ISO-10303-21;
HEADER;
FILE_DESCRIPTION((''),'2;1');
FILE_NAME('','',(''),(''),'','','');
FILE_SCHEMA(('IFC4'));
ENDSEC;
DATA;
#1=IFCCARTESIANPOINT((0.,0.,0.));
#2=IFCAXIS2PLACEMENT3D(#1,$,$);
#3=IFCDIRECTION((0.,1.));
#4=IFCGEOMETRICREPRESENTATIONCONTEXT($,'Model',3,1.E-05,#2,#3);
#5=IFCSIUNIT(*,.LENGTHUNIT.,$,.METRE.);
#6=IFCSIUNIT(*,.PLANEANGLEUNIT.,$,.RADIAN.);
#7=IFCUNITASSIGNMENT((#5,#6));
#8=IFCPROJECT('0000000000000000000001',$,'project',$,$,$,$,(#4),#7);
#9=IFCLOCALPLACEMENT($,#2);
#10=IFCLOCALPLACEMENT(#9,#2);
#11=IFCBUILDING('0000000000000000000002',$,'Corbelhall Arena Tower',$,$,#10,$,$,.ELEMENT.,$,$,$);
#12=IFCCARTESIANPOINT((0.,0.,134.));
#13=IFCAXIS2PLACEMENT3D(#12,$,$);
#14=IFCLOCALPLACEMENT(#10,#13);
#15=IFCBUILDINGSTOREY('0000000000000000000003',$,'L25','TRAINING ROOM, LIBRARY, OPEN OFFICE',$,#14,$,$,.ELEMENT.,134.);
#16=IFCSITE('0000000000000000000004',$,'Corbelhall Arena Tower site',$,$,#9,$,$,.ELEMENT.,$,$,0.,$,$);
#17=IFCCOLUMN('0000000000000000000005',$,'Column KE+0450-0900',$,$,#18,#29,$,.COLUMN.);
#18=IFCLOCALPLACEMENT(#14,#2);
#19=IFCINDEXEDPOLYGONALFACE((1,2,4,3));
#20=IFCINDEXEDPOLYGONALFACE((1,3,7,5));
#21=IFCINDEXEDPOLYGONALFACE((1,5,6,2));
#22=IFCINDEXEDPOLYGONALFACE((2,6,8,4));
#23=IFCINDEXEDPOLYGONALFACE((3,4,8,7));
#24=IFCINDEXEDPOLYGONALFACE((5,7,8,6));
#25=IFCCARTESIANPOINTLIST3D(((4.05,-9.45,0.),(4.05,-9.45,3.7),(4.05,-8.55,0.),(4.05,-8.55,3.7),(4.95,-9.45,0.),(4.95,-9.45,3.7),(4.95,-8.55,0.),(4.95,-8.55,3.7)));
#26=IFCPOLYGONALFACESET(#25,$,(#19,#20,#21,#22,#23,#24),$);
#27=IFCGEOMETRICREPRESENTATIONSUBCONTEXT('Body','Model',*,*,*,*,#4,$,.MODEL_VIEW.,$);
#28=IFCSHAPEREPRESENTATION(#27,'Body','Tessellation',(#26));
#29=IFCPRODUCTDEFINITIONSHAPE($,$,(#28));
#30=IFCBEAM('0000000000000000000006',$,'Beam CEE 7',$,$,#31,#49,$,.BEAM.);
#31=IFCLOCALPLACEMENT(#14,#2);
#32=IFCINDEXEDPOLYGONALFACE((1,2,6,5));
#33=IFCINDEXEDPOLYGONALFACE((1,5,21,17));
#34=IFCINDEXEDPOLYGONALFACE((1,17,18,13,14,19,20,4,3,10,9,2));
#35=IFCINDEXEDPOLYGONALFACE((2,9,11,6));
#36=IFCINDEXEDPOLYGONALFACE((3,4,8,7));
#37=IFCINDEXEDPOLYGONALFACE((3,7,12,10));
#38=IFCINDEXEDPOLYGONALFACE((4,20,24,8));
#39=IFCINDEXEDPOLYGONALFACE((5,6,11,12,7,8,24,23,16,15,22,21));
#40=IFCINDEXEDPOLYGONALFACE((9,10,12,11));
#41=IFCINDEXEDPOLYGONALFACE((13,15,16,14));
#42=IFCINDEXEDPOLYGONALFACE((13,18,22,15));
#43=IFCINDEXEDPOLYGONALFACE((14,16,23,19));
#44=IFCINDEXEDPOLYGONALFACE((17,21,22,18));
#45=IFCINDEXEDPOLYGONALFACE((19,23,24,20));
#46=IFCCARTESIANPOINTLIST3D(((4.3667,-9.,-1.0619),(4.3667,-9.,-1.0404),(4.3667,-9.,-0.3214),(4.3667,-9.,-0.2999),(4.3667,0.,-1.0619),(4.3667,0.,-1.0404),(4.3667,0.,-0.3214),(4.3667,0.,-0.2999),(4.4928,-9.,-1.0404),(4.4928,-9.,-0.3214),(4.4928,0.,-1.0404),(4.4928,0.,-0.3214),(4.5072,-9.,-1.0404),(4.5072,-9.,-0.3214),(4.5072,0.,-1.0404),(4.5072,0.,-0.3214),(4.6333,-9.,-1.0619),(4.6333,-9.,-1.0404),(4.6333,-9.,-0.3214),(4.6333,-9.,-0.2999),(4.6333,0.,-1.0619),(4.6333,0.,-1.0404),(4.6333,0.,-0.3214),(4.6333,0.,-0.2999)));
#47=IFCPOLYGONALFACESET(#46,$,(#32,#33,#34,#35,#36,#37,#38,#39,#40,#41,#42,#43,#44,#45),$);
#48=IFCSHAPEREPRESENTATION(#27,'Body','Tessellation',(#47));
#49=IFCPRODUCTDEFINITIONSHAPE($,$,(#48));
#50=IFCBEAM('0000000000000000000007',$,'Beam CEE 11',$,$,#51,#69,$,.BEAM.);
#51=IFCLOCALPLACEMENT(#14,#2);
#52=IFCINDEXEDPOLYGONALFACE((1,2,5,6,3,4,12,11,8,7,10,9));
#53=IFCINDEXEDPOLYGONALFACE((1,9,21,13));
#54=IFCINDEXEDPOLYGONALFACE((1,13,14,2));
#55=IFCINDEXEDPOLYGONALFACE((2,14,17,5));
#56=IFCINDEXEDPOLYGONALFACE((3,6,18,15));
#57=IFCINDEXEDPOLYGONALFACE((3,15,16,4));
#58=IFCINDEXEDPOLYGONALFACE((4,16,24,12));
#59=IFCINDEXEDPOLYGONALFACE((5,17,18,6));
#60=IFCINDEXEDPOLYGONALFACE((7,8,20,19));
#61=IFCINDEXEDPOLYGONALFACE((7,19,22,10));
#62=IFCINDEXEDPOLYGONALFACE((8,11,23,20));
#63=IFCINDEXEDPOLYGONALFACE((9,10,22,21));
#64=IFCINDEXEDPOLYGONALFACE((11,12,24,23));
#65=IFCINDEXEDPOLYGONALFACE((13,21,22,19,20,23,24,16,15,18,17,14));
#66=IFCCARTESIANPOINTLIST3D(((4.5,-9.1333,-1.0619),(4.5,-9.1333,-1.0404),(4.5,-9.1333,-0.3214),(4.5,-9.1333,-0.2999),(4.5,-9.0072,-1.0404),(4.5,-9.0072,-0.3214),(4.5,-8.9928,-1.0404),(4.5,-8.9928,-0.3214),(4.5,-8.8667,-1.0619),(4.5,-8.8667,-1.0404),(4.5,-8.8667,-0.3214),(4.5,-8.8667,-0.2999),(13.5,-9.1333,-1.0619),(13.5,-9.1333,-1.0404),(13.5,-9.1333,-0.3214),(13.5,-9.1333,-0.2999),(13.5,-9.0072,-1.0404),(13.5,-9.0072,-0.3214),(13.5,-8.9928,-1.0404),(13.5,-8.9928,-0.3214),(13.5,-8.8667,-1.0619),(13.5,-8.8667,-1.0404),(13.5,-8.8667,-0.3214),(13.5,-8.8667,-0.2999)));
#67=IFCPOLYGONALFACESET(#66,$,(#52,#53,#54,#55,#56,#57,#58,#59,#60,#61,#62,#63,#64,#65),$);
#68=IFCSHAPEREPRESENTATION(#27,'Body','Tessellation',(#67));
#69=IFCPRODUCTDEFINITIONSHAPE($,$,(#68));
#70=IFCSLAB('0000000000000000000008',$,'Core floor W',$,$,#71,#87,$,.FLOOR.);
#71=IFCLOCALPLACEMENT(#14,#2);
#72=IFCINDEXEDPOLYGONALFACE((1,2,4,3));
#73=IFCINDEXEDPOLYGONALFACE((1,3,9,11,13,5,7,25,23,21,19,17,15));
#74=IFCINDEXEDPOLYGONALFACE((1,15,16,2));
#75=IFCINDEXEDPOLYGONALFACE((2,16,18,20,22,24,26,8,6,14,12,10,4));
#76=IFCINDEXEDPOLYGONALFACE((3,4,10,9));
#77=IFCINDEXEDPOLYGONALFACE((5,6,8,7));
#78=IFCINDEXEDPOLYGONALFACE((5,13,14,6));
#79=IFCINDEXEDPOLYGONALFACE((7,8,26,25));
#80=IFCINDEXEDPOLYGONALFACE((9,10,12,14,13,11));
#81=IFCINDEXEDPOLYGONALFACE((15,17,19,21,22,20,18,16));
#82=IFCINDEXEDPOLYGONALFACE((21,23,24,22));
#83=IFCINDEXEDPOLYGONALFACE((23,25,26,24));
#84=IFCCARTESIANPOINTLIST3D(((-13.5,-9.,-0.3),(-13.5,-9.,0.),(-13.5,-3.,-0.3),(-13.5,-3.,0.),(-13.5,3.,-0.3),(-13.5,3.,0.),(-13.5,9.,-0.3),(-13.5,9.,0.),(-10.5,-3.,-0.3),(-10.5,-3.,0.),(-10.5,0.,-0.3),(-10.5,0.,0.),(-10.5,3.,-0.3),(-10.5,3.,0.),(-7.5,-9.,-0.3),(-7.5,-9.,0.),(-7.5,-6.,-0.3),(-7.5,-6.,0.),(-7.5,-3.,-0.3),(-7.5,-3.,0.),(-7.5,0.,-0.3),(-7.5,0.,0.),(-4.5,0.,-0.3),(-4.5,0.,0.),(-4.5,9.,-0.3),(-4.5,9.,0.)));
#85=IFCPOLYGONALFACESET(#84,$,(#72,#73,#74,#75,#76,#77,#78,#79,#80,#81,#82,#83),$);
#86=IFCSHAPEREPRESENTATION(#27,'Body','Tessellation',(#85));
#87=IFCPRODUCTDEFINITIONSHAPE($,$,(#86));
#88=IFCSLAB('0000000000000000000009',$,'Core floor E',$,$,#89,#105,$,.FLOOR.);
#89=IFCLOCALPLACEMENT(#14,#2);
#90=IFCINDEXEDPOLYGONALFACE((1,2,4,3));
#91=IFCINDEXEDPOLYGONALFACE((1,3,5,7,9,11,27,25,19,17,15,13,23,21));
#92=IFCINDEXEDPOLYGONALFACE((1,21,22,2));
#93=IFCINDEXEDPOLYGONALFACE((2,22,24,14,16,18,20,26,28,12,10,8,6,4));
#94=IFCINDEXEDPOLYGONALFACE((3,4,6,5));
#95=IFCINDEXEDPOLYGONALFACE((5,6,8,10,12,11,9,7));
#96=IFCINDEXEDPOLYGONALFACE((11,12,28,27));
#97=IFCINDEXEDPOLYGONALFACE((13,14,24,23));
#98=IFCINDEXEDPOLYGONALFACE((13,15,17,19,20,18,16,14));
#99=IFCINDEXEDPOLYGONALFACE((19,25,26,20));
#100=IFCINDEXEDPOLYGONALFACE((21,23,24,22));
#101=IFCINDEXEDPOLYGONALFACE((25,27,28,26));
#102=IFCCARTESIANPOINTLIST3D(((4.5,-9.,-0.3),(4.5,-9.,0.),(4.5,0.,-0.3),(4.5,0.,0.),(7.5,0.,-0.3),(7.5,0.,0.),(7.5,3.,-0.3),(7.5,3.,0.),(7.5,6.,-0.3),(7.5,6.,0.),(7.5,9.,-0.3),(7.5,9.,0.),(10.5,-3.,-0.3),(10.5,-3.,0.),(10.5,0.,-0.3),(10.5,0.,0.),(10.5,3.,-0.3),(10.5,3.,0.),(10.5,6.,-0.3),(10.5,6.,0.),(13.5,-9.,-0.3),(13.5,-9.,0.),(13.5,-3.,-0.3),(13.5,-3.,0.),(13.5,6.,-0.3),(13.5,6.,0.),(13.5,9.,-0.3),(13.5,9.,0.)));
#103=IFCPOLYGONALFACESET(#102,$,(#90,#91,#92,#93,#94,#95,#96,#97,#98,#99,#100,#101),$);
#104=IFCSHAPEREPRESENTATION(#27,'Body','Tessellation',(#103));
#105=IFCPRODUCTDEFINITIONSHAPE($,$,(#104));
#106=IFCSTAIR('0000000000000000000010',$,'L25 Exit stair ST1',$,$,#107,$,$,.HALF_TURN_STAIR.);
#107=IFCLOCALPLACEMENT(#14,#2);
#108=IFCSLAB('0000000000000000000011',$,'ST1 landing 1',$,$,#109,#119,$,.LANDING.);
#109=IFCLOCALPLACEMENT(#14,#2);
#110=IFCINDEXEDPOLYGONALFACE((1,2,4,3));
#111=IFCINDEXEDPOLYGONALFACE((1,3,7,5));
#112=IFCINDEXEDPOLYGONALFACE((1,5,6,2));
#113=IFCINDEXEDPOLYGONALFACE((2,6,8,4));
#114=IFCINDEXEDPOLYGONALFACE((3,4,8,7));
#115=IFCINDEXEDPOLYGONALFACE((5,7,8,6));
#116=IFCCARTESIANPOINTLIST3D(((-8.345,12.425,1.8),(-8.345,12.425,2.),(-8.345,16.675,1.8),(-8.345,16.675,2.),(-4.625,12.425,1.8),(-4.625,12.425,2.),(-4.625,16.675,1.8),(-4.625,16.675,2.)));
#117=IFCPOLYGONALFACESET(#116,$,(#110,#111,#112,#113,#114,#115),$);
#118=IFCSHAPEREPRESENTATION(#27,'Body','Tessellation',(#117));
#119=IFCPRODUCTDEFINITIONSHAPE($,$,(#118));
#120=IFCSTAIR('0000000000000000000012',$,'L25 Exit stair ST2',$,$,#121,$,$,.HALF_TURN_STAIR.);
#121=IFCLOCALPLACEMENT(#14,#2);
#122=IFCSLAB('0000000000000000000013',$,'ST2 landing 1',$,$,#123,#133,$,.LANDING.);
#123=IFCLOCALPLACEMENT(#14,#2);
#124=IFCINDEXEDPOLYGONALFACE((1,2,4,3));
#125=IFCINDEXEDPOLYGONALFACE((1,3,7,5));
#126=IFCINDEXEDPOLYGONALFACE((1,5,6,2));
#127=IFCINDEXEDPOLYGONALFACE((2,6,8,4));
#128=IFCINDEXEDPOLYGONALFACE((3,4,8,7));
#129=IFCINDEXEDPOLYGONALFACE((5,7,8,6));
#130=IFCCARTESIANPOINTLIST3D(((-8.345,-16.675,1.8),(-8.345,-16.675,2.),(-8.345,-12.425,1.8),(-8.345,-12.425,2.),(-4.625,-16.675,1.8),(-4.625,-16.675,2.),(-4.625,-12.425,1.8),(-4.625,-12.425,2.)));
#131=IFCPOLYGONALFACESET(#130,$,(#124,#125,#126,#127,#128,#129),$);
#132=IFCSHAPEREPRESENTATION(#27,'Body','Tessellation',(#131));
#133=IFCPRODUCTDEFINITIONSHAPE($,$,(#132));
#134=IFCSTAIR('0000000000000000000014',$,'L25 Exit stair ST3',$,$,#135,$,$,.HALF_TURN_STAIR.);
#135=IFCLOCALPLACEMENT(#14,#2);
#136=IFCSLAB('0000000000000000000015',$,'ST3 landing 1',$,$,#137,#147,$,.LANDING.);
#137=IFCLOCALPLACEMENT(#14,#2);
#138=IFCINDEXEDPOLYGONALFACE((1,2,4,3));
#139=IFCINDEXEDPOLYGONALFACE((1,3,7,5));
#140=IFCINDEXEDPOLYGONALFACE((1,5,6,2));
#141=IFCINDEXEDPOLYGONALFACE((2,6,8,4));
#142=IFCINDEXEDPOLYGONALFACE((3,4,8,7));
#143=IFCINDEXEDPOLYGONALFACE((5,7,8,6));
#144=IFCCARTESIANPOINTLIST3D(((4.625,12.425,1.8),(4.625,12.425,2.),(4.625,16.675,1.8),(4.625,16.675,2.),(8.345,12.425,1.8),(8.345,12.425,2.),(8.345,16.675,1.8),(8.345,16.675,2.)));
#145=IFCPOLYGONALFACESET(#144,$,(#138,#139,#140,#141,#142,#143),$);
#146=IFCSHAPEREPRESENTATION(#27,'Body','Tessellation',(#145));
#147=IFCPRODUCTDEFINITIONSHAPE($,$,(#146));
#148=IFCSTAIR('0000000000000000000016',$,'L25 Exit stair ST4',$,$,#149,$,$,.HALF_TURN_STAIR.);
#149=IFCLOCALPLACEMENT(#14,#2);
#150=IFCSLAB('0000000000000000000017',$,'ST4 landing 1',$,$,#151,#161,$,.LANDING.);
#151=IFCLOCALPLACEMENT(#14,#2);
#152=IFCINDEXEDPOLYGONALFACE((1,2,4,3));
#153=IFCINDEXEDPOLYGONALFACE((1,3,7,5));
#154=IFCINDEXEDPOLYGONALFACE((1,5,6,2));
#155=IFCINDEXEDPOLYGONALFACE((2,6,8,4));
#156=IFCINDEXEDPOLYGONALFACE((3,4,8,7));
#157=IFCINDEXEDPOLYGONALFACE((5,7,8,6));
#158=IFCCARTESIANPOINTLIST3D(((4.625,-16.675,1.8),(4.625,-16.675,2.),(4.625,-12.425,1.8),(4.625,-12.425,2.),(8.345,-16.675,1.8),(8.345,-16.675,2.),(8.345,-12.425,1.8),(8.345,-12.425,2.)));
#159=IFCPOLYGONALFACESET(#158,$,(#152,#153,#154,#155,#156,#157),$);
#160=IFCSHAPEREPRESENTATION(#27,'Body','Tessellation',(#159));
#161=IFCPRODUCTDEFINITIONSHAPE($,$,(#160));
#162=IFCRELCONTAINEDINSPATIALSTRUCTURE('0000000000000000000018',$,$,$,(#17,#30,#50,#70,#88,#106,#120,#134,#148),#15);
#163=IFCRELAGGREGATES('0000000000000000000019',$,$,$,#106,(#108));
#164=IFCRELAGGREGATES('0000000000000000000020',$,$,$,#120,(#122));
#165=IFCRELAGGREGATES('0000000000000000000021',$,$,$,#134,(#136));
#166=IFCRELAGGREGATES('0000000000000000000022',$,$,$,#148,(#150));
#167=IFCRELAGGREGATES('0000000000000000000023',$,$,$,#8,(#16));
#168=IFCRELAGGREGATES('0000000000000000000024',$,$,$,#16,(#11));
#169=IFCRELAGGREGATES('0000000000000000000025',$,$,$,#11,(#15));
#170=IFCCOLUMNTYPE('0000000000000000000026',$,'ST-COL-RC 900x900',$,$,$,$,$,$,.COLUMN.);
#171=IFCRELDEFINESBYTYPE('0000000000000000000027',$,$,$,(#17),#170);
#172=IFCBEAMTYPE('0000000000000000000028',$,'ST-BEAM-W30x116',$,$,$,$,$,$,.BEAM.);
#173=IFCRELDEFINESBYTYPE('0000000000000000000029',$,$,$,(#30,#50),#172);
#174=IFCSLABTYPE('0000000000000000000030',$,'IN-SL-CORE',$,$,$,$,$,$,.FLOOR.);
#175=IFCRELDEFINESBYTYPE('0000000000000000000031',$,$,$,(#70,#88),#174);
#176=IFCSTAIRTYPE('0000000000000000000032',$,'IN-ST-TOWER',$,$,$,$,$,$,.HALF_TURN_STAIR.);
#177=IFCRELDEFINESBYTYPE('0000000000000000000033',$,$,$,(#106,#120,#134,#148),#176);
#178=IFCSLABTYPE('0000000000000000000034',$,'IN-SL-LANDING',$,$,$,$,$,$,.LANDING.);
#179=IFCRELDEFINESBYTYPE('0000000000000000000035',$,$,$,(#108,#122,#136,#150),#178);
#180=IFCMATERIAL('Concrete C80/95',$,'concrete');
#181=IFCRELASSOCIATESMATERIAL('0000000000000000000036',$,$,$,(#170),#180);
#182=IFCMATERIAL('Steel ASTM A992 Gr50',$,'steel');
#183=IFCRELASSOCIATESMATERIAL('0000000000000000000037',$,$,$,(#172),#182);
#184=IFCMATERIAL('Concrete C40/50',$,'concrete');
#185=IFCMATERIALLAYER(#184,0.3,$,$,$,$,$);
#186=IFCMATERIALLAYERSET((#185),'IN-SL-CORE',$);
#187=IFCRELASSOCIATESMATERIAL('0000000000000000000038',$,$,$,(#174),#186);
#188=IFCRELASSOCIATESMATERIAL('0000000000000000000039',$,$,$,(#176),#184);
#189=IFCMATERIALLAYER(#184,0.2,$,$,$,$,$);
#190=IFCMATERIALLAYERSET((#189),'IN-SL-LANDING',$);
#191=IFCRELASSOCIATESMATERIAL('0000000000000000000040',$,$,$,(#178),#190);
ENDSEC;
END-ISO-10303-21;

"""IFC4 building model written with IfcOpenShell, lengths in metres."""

from ifc_helpers import new_model, si_unit, direction, frame, origin, origin_2d, place, context, subcontext, project, spatial, polyline, rectangle, i_section, outline, extrude, material, layer, layer_set, material_profile, profile_set, type_object, element, aggregate, save


model = new_model("IFC4")

# Units and contexts
model_context = context("Model", 3, precision=1e-05, world=origin(), true_north=direction((0.0, 1.0)))
body_context = subcontext(model_context, "Body", "Model", "MODEL_VIEW")
ifc_project = project(units=[si_unit("LENGTHUNIT", "METRE"), si_unit("PLANEANGLEUNIT", "RADIAN")], contexts=[model_context])

# Site, building, storey
site_placement = place(None, origin())
site = spatial("IfcSite", under=ifc_project, at=site_placement, Name="Corbelhall Arena Tower site", CompositionType="ELEMENT", RefElevation=0.0)
building_placement = place(site_placement, origin())
building = spatial("IfcBuilding", under=site, at=building_placement, Name="Corbelhall Arena Tower", CompositionType="ELEMENT")
storey_placement = place(building_placement, frame((0.0, 0.0, 134.0)))
storey = spatial("IfcBuildingStorey", under=building, at=storey_placement, Name="L25", Description="TRAINING ROOM, LIBRARY, OPEN OFFICE", CompositionType="ELEMENT", Elevation=134.0)

# Column
ifc_material_1 = material(Name="Concrete C80/95", Category="concrete")
ifc_material_profile_1 = material_profile(ifc_material_1, rectangle(XDim=0.8999, YDim=0.8999, at=origin_2d()))
ifc_profile_set_1 = profile_set([ifc_material_profile_1], Name="Concrete C80/95")
column_type = type_object("IfcColumnType", Name="ST-COL-RC 900x900", PredefinedType="COLUMN", material=ifc_profile_set_1)
column_placement = place(storey_placement, frame((4.5, -9.0, 0.0), z_axis=(0.0, 0.0, 1.0), x_axis=(1.0, 0.0, 0.0)))
element("IfcColumn", 1, at=column_placement, inside=storey, type_object=column_type, Name="Column KE+0450-0900", PredefinedType="COLUMN", context=body_context, shape_type="SweptSolid", body=[
    extrude(rectangle(XDim=0.8999, YDim=0.8999, at=origin_2d()), origin(), (0.0, 0.0, 1.0), 3.7),
])

# Beams
ifc_material_2 = material(Name="Steel ASTM A992 Gr50", Category="steel")
ifc_material_profile_2 = material_profile(ifc_material_2, i_section(OverallWidth=0.2666, OverallDepth=0.762, WebThickness=0.0144, FlangeThickness=0.0215, at=origin_2d()))
ifc_profile_set_2 = profile_set([ifc_material_profile_2], Name="Steel ASTM A992 Gr50")
beam_type = type_object("IfcBeamType", Name="ST-BEAM-W30x116", PredefinedType="BEAM", material=ifc_profile_set_2)
for number, where, z_axis, x_axis, name in (
    (2, (4.5, -9.0, -0.6809), (0.0, 1.0, 0.0), (-1.0, 0.0, 0.0), "Beam CEE 7"),
    (3, (4.5, -9.0, -0.6809), (1.0, 0.0, 0.0), (0.0, 1.0, 0.0), "Beam CEE 11"),
):
    element("IfcBeam", number, at=place(storey_placement, frame(where, z_axis=z_axis, x_axis=x_axis)), inside=storey, type_object=beam_type, Name=name, PredefinedType="BEAM", context=body_context, shape_type="SweptSolid", body=[
        extrude(i_section(OverallWidth=0.2666, OverallDepth=0.762, WebThickness=0.0144, FlangeThickness=0.0215, at=origin_2d()), origin(), (0.0, 0.0, 1.0), 9.0),
    ])

# Slabs
ifc_material_3 = material(Name="Concrete C40/50", Category="concrete")
ifc_layer_1 = layer(ifc_material_3, 0.3)
ifc_layer_set_1 = layer_set([ifc_layer_1], Name="IN-SL-CORE")
slab_type_1 = type_object("IfcSlabType", Name="IN-SL-CORE", PredefinedType="FLOOR", material=ifc_layer_set_1)
slab_1_placement = place(storey_placement, frame((0.0, 0.0, -0.3)))
element("IfcSlab", 4, at=slab_1_placement, inside=storey, type_object=slab_type_1, Name="Core floor W", PredefinedType="FLOOR", context=body_context, shape_type="SweptSolid", body=[
    extrude(outline(polyline([(-7.5, 0.0), (-4.5, 0.0), (-4.5, 9.0), (-13.5, 9.0), (-13.5, 3.0), (-10.5, 3.0), (-10.5, 0.0), (-10.5, -3.0), (-13.5, -3.0), (-13.5, -9.0), (-7.5, -9.0), (-7.5, -6.0), (-7.5, -3.0), (-7.5, 0.0)])), origin(), (0.0, 0.0, 1.0), 0.3),
])
slab_2_placement = place(storey_placement, frame((0.0, 0.0, -0.3)))
element("IfcSlab", 5, at=slab_2_placement, inside=storey, type_object=slab_type_1, Name="Core floor E", PredefinedType="FLOOR", context=body_context, shape_type="SweptSolid", body=[
    extrude(outline(polyline([(7.5, 0.0), (4.5, 0.0), (4.5, -9.0), (13.5, -9.0), (13.5, -3.0), (10.5, -3.0), (10.5, 0.0), (10.5, 3.0), (10.5, 6.0), (13.5, 6.0), (13.5, 9.0), (7.5, 9.0), (7.5, 6.0), (7.5, 3.0), (7.5, 0.0)])), origin(), (0.0, 0.0, 1.0), 0.3),
])

# Stairs, slabs
stair_type = type_object("IfcStairType", Name="IN-ST-TOWER", PredefinedType="HALF_TURN_STAIR", material=ifc_material_3)
stair_1_placement = place(storey_placement, origin())
stair_1 = element("IfcStair", 6, at=stair_1_placement, inside=storey, type_object=stair_type, Name="L25 Exit stair ST1", PredefinedType="HALF_TURN_STAIR")
ifc_layer_2 = layer(ifc_material_3, 0.2)
ifc_layer_set_2 = layer_set([ifc_layer_2], Name="IN-SL-LANDING")
slab_type_2 = type_object("IfcSlabType", Name="IN-SL-LANDING", PredefinedType="LANDING", material=ifc_layer_set_2)
slab_3_placement = place(storey_placement, frame((0.0, 0.0, 1.8)))
slab_3 = element("IfcSlab", 7, at=slab_3_placement, type_object=slab_type_2, Name="ST1 landing 1", PredefinedType="LANDING", context=body_context, shape_type="SweptSolid", body=[
    extrude(outline(polyline([(-8.345, 12.425), (-4.625, 12.425), (-4.625, 16.675), (-8.345, 16.675), (-8.345, 12.425)])), origin(), (0.0, 0.0, 1.0), 0.2),
])
aggregate(stair_1, [slab_3])
stair_2_placement = place(storey_placement, origin())
stair_2 = element("IfcStair", 8, at=stair_2_placement, inside=storey, type_object=stair_type, Name="L25 Exit stair ST2", PredefinedType="HALF_TURN_STAIR")
slab_4_placement = place(storey_placement, frame((0.0, 0.0, 1.8)))
slab_4 = element("IfcSlab", 9, at=slab_4_placement, type_object=slab_type_2, Name="ST2 landing 1", PredefinedType="LANDING", context=body_context, shape_type="SweptSolid", body=[
    extrude(outline(polyline([(-8.345, -16.675), (-4.625, -16.675), (-4.625, -12.425), (-8.345, -12.425), (-8.345, -16.675)])), origin(), (0.0, 0.0, 1.0), 0.2),
])
aggregate(stair_2, [slab_4])
stair_3_placement = place(storey_placement, origin())
stair_3 = element("IfcStair", 10, at=stair_3_placement, inside=storey, type_object=stair_type, Name="L25 Exit stair ST3", PredefinedType="HALF_TURN_STAIR")
slab_5_placement = place(storey_placement, frame((0.0, 0.0, 1.8)))
slab_5 = element("IfcSlab", 11, at=slab_5_placement, type_object=slab_type_2, Name="ST3 landing 1", PredefinedType="LANDING", context=body_context, shape_type="SweptSolid", body=[
    extrude(outline(polyline([(8.345, 16.675), (4.625, 16.675), (4.625, 12.425), (8.345, 12.425), (8.345, 16.675)])), origin(), (0.0, 0.0, 1.0), 0.2),
])
aggregate(stair_3, [slab_5])
stair_4_placement = place(storey_placement, origin())
stair_4 = element("IfcStair", 12, at=stair_4_placement, inside=storey, type_object=stair_type, Name="L25 Exit stair ST4", PredefinedType="HALF_TURN_STAIR")
slab_6_placement = place(storey_placement, frame((0.0, 0.0, 1.8)))
slab_6 = element("IfcSlab", 13, at=slab_6_placement, type_object=slab_type_2, Name="ST4 landing 1", PredefinedType="LANDING", context=body_context, shape_type="SweptSolid", body=[
    extrude(outline(polyline([(8.345, -12.425), (4.625, -12.425), (4.625, -16.675), (8.345, -16.675), (8.345, -12.425)])), origin(), (0.0, 0.0, 1.0), 0.2),
])
aggregate(stair_4, [slab_6])

save(model, "model.ifc")
